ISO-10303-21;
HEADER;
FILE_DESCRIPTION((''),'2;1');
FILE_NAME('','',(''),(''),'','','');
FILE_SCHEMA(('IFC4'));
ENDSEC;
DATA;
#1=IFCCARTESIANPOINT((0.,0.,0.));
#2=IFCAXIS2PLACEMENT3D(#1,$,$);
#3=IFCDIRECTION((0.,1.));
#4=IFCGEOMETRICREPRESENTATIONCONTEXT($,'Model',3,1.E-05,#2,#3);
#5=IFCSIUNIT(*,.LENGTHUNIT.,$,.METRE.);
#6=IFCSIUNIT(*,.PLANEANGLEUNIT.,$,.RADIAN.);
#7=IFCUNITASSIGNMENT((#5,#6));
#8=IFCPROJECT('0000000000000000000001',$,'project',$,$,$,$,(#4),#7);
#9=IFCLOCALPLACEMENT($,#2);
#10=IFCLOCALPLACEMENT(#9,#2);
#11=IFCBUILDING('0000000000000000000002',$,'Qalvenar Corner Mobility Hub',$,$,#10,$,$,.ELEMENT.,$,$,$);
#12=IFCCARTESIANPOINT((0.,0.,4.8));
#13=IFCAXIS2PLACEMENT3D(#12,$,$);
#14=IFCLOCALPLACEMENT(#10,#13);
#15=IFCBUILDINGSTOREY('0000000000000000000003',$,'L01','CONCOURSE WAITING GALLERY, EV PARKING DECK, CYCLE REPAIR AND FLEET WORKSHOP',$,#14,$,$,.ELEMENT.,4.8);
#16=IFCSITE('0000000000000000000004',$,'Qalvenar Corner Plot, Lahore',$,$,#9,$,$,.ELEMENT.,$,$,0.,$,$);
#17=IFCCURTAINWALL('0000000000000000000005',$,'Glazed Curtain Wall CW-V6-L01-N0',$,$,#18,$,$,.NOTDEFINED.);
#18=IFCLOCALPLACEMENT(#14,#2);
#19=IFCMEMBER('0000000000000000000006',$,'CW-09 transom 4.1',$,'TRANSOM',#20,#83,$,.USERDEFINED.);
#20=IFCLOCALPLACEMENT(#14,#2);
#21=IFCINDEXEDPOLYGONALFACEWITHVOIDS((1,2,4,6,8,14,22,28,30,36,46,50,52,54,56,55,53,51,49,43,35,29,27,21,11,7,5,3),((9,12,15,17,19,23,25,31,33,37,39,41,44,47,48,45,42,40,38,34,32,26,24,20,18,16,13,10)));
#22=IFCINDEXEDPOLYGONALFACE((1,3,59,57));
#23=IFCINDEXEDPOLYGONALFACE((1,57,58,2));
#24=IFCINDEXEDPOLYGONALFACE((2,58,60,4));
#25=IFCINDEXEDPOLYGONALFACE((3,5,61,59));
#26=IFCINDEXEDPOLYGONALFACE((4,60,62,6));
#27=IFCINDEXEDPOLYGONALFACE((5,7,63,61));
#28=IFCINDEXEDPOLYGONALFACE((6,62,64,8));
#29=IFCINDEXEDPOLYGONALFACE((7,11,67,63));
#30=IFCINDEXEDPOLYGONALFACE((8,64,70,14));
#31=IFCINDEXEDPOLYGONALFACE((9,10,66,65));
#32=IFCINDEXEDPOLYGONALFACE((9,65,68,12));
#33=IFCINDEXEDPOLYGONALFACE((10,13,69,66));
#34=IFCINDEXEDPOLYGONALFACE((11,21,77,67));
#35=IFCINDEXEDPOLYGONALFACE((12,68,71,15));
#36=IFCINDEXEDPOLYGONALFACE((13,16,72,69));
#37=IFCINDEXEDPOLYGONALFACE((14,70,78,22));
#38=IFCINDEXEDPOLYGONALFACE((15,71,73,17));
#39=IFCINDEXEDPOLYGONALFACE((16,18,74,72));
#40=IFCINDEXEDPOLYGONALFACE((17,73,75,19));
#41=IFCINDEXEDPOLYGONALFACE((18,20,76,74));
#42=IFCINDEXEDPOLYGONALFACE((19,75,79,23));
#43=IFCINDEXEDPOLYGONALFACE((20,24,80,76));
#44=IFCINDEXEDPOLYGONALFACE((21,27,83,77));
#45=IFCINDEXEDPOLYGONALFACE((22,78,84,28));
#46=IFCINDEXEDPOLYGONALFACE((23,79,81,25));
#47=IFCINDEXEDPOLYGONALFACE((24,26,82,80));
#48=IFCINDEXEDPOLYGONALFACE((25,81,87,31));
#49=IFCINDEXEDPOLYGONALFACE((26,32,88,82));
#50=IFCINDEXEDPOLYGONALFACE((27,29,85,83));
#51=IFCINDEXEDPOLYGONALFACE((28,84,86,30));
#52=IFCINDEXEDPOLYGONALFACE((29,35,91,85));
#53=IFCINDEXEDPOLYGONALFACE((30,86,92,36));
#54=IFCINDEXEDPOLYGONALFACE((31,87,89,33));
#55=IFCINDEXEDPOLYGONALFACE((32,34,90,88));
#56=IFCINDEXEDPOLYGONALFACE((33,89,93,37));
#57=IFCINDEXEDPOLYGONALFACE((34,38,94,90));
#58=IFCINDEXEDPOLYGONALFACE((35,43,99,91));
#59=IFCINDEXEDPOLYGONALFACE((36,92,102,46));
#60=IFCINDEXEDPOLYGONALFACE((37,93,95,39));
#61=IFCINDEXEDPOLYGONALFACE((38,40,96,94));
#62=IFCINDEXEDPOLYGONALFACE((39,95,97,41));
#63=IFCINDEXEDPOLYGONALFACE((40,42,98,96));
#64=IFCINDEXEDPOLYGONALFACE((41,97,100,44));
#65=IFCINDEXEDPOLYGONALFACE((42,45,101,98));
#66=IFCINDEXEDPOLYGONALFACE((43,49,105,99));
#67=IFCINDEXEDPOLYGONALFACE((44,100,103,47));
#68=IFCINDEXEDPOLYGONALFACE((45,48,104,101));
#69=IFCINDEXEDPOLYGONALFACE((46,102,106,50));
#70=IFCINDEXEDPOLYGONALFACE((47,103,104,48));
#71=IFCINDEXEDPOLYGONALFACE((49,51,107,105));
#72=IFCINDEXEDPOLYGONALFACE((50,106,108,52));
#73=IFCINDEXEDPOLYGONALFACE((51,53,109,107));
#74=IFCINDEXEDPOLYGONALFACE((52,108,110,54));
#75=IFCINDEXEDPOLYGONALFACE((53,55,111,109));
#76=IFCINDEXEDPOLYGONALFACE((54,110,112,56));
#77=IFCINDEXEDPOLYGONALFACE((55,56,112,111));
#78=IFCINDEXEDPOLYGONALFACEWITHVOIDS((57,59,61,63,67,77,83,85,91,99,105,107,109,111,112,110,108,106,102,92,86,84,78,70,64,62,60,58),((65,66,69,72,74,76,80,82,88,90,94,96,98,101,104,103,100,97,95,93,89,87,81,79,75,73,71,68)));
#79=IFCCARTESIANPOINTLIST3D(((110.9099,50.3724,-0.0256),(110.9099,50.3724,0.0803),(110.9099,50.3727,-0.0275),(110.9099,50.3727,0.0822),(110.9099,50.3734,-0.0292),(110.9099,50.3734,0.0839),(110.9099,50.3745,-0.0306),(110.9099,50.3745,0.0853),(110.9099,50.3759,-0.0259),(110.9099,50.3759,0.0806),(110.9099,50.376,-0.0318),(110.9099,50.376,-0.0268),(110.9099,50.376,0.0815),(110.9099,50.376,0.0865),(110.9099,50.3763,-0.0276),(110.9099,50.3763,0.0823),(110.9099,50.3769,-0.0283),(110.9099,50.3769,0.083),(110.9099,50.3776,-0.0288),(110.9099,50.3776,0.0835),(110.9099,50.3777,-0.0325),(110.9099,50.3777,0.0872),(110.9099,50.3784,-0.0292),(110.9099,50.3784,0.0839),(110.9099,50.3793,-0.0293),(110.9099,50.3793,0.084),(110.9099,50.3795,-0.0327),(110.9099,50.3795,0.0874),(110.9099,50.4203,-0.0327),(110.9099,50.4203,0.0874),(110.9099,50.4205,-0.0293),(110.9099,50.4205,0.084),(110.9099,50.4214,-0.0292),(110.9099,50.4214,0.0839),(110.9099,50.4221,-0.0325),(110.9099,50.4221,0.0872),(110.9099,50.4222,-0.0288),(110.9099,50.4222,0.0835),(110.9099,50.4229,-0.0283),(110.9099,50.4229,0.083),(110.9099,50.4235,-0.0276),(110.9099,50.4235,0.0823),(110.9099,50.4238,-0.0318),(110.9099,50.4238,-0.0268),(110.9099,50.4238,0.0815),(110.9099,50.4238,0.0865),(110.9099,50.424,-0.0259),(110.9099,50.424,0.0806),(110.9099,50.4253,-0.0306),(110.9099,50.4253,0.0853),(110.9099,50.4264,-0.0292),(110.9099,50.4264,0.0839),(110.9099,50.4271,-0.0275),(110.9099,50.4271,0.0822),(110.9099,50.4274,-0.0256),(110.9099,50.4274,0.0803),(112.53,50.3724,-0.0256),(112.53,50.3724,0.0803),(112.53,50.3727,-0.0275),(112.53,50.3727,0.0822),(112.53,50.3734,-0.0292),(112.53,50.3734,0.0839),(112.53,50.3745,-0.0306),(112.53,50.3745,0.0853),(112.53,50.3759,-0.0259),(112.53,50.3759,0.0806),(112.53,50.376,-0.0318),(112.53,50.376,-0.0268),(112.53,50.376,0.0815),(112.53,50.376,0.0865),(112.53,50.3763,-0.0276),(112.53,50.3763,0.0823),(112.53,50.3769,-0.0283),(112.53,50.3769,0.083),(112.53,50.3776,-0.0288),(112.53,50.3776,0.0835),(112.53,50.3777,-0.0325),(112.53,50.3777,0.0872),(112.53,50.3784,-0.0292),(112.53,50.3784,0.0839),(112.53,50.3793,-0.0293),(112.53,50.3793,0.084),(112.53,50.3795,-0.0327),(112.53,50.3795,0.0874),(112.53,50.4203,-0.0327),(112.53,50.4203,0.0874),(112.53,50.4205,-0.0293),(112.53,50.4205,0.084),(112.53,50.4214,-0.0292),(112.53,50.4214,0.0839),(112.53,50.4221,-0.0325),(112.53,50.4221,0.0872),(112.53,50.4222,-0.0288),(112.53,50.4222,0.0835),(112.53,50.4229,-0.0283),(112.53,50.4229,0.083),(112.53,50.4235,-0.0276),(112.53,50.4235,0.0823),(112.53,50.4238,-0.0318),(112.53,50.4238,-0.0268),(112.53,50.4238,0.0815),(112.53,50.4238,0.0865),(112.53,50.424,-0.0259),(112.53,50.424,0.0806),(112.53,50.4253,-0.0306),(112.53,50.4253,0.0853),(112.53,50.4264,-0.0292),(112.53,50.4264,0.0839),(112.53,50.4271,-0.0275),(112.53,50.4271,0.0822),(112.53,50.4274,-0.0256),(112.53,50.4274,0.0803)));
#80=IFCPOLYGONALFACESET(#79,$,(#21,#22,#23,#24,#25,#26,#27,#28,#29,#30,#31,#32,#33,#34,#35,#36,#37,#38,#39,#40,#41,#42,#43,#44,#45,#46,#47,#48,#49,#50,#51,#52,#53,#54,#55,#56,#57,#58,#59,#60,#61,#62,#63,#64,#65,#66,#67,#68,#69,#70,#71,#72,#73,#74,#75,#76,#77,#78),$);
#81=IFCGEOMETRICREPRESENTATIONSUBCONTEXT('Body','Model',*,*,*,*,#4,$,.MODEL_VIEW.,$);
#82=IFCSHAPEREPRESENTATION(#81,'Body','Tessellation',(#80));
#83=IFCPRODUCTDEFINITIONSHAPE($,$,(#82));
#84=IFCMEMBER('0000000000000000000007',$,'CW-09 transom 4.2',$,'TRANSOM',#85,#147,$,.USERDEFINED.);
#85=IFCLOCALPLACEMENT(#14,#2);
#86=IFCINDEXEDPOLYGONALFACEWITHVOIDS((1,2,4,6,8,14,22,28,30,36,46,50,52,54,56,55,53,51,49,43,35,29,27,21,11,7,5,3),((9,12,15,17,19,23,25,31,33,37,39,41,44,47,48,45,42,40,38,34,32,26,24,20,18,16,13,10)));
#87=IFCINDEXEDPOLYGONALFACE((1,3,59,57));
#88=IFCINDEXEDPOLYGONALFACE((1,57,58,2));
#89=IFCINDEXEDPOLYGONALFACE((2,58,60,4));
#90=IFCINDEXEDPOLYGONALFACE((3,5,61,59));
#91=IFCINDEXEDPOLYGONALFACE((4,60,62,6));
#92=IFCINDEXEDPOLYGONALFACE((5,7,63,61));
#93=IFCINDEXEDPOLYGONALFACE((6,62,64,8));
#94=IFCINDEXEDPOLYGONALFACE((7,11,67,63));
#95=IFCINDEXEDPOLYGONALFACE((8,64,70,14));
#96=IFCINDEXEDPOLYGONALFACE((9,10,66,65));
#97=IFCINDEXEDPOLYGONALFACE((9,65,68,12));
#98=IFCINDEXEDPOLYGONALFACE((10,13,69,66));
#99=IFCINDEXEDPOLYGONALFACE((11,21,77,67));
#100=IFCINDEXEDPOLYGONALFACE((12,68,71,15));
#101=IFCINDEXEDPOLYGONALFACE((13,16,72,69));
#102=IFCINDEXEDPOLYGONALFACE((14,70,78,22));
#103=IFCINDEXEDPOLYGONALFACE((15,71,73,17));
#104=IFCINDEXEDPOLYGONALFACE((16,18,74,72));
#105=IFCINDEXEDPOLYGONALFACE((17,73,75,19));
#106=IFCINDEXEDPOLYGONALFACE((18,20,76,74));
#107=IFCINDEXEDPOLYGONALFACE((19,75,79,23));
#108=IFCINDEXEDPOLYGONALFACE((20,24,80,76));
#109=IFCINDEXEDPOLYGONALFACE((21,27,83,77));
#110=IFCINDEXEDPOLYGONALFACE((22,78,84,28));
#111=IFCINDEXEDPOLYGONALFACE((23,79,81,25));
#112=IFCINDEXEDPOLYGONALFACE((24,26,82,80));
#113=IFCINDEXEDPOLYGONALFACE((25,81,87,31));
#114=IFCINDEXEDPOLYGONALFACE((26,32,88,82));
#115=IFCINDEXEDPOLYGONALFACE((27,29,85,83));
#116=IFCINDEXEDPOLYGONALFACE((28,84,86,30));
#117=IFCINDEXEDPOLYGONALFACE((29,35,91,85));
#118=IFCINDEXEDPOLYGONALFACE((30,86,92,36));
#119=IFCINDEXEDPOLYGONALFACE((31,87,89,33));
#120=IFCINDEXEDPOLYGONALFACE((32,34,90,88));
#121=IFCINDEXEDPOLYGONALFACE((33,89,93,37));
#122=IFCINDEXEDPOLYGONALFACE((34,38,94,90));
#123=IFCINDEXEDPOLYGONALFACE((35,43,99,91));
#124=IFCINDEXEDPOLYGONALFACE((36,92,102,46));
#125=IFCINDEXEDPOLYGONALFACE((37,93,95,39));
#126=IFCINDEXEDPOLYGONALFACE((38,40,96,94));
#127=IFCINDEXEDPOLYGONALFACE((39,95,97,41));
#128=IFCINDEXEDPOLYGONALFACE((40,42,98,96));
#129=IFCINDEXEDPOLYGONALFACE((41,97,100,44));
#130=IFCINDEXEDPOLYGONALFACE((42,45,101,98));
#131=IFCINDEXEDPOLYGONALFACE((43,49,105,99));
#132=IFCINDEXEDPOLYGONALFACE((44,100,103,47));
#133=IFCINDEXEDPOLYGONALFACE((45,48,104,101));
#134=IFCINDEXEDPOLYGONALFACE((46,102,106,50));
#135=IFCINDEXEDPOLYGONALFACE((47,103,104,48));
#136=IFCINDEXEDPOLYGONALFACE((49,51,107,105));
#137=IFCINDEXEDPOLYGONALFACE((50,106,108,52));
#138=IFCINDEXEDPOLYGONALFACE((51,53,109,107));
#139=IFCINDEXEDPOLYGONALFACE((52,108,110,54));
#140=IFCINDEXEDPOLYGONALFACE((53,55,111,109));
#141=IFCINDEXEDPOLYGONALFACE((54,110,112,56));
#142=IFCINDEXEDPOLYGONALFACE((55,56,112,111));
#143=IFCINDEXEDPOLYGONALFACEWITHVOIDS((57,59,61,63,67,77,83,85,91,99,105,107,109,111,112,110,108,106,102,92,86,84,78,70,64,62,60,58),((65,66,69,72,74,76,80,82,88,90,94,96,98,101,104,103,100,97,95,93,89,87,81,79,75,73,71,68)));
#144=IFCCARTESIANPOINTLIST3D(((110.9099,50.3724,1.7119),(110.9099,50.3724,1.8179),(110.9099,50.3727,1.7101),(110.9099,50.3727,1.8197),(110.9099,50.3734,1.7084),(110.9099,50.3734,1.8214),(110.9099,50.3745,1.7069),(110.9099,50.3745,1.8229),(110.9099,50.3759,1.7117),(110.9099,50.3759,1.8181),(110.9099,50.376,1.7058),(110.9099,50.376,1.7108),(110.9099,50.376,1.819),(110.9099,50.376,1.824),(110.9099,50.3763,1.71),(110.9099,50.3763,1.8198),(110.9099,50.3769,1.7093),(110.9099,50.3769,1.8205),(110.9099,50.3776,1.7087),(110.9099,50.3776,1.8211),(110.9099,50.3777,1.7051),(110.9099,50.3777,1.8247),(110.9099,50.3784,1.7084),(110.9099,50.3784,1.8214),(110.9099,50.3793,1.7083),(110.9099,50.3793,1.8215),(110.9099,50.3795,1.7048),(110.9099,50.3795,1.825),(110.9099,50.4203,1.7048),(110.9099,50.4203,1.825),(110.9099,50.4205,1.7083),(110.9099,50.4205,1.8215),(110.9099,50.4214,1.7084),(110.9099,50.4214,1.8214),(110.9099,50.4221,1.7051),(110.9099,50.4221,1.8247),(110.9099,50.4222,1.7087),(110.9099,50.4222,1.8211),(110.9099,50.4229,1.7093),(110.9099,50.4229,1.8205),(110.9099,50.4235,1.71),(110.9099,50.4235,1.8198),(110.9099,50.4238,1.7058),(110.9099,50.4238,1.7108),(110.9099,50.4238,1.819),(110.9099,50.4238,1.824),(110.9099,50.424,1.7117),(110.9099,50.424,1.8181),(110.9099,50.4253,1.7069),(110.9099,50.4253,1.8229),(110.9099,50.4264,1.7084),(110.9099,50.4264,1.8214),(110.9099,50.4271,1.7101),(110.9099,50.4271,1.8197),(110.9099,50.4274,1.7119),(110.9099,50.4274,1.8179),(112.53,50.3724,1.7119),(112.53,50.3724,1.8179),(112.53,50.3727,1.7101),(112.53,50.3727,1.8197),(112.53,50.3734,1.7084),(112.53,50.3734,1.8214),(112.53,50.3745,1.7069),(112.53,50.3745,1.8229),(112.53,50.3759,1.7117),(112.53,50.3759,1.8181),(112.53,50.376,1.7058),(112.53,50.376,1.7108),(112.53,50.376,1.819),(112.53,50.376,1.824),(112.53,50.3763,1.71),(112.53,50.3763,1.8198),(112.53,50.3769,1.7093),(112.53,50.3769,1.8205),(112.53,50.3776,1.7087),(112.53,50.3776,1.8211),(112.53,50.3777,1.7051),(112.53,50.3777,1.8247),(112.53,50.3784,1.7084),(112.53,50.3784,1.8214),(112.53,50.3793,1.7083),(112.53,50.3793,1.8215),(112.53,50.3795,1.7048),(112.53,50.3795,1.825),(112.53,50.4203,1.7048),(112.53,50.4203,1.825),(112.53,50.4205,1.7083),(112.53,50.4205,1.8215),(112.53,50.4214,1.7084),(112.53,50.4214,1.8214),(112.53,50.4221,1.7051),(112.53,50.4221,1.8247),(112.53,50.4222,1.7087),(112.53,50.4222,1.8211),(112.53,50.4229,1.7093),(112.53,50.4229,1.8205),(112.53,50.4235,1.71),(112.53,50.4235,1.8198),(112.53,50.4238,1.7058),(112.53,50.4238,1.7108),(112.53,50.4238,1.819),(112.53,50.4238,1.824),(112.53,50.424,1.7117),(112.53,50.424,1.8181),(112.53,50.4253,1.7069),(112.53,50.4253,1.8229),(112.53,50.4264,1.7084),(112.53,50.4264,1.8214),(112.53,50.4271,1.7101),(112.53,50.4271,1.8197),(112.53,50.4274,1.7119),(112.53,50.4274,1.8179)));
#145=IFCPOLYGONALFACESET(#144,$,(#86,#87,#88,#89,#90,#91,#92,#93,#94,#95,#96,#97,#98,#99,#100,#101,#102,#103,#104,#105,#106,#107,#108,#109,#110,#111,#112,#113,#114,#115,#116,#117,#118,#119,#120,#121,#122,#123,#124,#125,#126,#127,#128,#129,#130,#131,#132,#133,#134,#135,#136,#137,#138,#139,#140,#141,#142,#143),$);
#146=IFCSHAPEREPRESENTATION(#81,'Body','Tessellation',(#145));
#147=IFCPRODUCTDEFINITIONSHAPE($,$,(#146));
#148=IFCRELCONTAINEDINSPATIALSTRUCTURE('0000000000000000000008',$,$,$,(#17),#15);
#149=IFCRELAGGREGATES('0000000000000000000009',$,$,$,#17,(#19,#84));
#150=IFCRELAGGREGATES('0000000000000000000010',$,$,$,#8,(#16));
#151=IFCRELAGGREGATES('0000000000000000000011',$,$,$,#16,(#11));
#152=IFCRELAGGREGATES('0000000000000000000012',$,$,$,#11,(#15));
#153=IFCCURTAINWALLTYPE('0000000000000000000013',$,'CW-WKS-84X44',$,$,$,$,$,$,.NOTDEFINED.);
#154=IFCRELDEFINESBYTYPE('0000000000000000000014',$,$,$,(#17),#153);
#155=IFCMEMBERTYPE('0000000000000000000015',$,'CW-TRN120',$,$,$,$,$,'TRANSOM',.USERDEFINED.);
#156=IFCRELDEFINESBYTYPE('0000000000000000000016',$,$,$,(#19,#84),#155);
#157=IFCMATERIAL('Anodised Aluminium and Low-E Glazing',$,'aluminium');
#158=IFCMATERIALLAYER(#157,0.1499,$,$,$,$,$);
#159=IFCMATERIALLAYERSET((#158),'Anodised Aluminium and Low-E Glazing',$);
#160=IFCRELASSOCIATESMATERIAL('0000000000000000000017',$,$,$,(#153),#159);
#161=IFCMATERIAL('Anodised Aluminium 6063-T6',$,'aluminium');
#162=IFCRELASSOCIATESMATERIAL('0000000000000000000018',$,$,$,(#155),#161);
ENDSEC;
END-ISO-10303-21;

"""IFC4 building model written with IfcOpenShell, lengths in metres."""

from ifc_helpers import new_model, si_unit, direction, frame, origin, origin_2d, place, context, subcontext, project, spatial, hollow_rectangle, extrude, material, layer, layer_set, material_profile, profile_set, type_object, element, aggregate, save


model = new_model("IFC4")

# Units and contexts
model_context = context("Model", 3, precision=1e-05, world=origin(), true_north=direction((0.0, 1.0)))
body_context = subcontext(model_context, "Body", "Model", "MODEL_VIEW")
ifc_project = project(units=[si_unit("LENGTHUNIT", "METRE"), si_unit("PLANEANGLEUNIT", "RADIAN")], contexts=[model_context])

# Site, building, storey
site_placement = place(None, origin())
site = spatial("IfcSite", under=ifc_project, at=site_placement, Name="Qalvenar Corner Plot, Lahore", CompositionType="ELEMENT", RefElevation=0.0)
building_placement = place(site_placement, origin())
building = spatial("IfcBuilding", under=site, at=building_placement, Name="Qalvenar Corner Mobility Hub", CompositionType="ELEMENT")
storey_placement = place(building_placement, frame((0.0, 0.0, 4.8)))
storey = spatial("IfcBuildingStorey", under=building, at=storey_placement, Name="L01", Description="CONCOURSE WAITING GALLERY, EV PARKING DECK, CYCLE REPAIR AND FLEET WORKSHOP", CompositionType="ELEMENT", Elevation=4.8)

# Curtain wall, members
ifc_material_1 = material(Name="Anodised Aluminium and Low-E Glazing", Category="aluminium")
ifc_layer_1 = layer(ifc_material_1, 0.1499)
ifc_layer_set_1 = layer_set([ifc_layer_1], Name="Anodised Aluminium and Low-E Glazing")
curtain_wall_type = type_object("IfcCurtainWallType", Name="CW-WKS-84X44", PredefinedType="NOTDEFINED", material=ifc_layer_set_1)
curtain_wall_placement = place(storey_placement, origin())
curtain_wall = element("IfcCurtainWall", 1, at=curtain_wall_placement, inside=storey, type_object=curtain_wall_type, Name="Glazed Curtain Wall CW-V6-L01-N0", PredefinedType="NOTDEFINED")
ifc_material_2 = material(Name="Anodised Aluminium 6063-T6", Category="aluminium")
ifc_material_profile_1 = material_profile(ifc_material_2, hollow_rectangle(XDim=0.0549, YDim=0.1201, WallThickness=0.0034, InnerFilletRadius=0.0034, OuterFilletRadius=0.0071, at=origin_2d()), Name="RHS120x55x3.5")
ifc_profile_set_1 = profile_set([ifc_material_profile_1], Name="Anodised Aluminium 6063-T6")
member_type_1 = type_object("IfcMemberType", Name="CW-TRN120", ElementType="TRANSOM", PredefinedType="USERDEFINED", material=ifc_profile_set_1)
member_1_placement = place(storey_placement, frame((112.53, 50.3999, 0.0273), z_axis=(-1.0, 0.0, 0.0), x_axis=(0.0, -1.0, 0.0)))
member_1 = element("IfcMember", 2, at=member_1_placement, type_object=member_type_1, Name="CW-09 transom 4.1", ObjectType="TRANSOM", PredefinedType="USERDEFINED", context=body_context, shape_type="SweptSolid", body=[
    extrude(hollow_rectangle(XDim=0.0549, YDim=0.1201, WallThickness=0.0034, InnerFilletRadius=0.0034, OuterFilletRadius=0.0071, at=origin_2d()), origin(), (0.0, 0.0, 1.0), 1.6201),
])
member_2_placement = place(storey_placement, frame((112.53, 50.3999, 1.7649), z_axis=(-1.0, 0.0, 0.0), x_axis=(0.0, -1.0, 0.0)))
member_2 = element("IfcMember", 3, at=member_2_placement, type_object=member_type_1, Name="CW-09 transom 4.2", ObjectType="TRANSOM", PredefinedType="USERDEFINED", context=body_context, shape_type="SweptSolid", body=[
    extrude(hollow_rectangle(XDim=0.0549, YDim=0.1201, WallThickness=0.0034, InnerFilletRadius=0.0034, OuterFilletRadius=0.0071, at=origin_2d()), origin(), (0.0, 0.0, 1.0), 1.6201),
])

aggregate(curtain_wall, [member_1, member_2])

save(model, "model.ifc")
